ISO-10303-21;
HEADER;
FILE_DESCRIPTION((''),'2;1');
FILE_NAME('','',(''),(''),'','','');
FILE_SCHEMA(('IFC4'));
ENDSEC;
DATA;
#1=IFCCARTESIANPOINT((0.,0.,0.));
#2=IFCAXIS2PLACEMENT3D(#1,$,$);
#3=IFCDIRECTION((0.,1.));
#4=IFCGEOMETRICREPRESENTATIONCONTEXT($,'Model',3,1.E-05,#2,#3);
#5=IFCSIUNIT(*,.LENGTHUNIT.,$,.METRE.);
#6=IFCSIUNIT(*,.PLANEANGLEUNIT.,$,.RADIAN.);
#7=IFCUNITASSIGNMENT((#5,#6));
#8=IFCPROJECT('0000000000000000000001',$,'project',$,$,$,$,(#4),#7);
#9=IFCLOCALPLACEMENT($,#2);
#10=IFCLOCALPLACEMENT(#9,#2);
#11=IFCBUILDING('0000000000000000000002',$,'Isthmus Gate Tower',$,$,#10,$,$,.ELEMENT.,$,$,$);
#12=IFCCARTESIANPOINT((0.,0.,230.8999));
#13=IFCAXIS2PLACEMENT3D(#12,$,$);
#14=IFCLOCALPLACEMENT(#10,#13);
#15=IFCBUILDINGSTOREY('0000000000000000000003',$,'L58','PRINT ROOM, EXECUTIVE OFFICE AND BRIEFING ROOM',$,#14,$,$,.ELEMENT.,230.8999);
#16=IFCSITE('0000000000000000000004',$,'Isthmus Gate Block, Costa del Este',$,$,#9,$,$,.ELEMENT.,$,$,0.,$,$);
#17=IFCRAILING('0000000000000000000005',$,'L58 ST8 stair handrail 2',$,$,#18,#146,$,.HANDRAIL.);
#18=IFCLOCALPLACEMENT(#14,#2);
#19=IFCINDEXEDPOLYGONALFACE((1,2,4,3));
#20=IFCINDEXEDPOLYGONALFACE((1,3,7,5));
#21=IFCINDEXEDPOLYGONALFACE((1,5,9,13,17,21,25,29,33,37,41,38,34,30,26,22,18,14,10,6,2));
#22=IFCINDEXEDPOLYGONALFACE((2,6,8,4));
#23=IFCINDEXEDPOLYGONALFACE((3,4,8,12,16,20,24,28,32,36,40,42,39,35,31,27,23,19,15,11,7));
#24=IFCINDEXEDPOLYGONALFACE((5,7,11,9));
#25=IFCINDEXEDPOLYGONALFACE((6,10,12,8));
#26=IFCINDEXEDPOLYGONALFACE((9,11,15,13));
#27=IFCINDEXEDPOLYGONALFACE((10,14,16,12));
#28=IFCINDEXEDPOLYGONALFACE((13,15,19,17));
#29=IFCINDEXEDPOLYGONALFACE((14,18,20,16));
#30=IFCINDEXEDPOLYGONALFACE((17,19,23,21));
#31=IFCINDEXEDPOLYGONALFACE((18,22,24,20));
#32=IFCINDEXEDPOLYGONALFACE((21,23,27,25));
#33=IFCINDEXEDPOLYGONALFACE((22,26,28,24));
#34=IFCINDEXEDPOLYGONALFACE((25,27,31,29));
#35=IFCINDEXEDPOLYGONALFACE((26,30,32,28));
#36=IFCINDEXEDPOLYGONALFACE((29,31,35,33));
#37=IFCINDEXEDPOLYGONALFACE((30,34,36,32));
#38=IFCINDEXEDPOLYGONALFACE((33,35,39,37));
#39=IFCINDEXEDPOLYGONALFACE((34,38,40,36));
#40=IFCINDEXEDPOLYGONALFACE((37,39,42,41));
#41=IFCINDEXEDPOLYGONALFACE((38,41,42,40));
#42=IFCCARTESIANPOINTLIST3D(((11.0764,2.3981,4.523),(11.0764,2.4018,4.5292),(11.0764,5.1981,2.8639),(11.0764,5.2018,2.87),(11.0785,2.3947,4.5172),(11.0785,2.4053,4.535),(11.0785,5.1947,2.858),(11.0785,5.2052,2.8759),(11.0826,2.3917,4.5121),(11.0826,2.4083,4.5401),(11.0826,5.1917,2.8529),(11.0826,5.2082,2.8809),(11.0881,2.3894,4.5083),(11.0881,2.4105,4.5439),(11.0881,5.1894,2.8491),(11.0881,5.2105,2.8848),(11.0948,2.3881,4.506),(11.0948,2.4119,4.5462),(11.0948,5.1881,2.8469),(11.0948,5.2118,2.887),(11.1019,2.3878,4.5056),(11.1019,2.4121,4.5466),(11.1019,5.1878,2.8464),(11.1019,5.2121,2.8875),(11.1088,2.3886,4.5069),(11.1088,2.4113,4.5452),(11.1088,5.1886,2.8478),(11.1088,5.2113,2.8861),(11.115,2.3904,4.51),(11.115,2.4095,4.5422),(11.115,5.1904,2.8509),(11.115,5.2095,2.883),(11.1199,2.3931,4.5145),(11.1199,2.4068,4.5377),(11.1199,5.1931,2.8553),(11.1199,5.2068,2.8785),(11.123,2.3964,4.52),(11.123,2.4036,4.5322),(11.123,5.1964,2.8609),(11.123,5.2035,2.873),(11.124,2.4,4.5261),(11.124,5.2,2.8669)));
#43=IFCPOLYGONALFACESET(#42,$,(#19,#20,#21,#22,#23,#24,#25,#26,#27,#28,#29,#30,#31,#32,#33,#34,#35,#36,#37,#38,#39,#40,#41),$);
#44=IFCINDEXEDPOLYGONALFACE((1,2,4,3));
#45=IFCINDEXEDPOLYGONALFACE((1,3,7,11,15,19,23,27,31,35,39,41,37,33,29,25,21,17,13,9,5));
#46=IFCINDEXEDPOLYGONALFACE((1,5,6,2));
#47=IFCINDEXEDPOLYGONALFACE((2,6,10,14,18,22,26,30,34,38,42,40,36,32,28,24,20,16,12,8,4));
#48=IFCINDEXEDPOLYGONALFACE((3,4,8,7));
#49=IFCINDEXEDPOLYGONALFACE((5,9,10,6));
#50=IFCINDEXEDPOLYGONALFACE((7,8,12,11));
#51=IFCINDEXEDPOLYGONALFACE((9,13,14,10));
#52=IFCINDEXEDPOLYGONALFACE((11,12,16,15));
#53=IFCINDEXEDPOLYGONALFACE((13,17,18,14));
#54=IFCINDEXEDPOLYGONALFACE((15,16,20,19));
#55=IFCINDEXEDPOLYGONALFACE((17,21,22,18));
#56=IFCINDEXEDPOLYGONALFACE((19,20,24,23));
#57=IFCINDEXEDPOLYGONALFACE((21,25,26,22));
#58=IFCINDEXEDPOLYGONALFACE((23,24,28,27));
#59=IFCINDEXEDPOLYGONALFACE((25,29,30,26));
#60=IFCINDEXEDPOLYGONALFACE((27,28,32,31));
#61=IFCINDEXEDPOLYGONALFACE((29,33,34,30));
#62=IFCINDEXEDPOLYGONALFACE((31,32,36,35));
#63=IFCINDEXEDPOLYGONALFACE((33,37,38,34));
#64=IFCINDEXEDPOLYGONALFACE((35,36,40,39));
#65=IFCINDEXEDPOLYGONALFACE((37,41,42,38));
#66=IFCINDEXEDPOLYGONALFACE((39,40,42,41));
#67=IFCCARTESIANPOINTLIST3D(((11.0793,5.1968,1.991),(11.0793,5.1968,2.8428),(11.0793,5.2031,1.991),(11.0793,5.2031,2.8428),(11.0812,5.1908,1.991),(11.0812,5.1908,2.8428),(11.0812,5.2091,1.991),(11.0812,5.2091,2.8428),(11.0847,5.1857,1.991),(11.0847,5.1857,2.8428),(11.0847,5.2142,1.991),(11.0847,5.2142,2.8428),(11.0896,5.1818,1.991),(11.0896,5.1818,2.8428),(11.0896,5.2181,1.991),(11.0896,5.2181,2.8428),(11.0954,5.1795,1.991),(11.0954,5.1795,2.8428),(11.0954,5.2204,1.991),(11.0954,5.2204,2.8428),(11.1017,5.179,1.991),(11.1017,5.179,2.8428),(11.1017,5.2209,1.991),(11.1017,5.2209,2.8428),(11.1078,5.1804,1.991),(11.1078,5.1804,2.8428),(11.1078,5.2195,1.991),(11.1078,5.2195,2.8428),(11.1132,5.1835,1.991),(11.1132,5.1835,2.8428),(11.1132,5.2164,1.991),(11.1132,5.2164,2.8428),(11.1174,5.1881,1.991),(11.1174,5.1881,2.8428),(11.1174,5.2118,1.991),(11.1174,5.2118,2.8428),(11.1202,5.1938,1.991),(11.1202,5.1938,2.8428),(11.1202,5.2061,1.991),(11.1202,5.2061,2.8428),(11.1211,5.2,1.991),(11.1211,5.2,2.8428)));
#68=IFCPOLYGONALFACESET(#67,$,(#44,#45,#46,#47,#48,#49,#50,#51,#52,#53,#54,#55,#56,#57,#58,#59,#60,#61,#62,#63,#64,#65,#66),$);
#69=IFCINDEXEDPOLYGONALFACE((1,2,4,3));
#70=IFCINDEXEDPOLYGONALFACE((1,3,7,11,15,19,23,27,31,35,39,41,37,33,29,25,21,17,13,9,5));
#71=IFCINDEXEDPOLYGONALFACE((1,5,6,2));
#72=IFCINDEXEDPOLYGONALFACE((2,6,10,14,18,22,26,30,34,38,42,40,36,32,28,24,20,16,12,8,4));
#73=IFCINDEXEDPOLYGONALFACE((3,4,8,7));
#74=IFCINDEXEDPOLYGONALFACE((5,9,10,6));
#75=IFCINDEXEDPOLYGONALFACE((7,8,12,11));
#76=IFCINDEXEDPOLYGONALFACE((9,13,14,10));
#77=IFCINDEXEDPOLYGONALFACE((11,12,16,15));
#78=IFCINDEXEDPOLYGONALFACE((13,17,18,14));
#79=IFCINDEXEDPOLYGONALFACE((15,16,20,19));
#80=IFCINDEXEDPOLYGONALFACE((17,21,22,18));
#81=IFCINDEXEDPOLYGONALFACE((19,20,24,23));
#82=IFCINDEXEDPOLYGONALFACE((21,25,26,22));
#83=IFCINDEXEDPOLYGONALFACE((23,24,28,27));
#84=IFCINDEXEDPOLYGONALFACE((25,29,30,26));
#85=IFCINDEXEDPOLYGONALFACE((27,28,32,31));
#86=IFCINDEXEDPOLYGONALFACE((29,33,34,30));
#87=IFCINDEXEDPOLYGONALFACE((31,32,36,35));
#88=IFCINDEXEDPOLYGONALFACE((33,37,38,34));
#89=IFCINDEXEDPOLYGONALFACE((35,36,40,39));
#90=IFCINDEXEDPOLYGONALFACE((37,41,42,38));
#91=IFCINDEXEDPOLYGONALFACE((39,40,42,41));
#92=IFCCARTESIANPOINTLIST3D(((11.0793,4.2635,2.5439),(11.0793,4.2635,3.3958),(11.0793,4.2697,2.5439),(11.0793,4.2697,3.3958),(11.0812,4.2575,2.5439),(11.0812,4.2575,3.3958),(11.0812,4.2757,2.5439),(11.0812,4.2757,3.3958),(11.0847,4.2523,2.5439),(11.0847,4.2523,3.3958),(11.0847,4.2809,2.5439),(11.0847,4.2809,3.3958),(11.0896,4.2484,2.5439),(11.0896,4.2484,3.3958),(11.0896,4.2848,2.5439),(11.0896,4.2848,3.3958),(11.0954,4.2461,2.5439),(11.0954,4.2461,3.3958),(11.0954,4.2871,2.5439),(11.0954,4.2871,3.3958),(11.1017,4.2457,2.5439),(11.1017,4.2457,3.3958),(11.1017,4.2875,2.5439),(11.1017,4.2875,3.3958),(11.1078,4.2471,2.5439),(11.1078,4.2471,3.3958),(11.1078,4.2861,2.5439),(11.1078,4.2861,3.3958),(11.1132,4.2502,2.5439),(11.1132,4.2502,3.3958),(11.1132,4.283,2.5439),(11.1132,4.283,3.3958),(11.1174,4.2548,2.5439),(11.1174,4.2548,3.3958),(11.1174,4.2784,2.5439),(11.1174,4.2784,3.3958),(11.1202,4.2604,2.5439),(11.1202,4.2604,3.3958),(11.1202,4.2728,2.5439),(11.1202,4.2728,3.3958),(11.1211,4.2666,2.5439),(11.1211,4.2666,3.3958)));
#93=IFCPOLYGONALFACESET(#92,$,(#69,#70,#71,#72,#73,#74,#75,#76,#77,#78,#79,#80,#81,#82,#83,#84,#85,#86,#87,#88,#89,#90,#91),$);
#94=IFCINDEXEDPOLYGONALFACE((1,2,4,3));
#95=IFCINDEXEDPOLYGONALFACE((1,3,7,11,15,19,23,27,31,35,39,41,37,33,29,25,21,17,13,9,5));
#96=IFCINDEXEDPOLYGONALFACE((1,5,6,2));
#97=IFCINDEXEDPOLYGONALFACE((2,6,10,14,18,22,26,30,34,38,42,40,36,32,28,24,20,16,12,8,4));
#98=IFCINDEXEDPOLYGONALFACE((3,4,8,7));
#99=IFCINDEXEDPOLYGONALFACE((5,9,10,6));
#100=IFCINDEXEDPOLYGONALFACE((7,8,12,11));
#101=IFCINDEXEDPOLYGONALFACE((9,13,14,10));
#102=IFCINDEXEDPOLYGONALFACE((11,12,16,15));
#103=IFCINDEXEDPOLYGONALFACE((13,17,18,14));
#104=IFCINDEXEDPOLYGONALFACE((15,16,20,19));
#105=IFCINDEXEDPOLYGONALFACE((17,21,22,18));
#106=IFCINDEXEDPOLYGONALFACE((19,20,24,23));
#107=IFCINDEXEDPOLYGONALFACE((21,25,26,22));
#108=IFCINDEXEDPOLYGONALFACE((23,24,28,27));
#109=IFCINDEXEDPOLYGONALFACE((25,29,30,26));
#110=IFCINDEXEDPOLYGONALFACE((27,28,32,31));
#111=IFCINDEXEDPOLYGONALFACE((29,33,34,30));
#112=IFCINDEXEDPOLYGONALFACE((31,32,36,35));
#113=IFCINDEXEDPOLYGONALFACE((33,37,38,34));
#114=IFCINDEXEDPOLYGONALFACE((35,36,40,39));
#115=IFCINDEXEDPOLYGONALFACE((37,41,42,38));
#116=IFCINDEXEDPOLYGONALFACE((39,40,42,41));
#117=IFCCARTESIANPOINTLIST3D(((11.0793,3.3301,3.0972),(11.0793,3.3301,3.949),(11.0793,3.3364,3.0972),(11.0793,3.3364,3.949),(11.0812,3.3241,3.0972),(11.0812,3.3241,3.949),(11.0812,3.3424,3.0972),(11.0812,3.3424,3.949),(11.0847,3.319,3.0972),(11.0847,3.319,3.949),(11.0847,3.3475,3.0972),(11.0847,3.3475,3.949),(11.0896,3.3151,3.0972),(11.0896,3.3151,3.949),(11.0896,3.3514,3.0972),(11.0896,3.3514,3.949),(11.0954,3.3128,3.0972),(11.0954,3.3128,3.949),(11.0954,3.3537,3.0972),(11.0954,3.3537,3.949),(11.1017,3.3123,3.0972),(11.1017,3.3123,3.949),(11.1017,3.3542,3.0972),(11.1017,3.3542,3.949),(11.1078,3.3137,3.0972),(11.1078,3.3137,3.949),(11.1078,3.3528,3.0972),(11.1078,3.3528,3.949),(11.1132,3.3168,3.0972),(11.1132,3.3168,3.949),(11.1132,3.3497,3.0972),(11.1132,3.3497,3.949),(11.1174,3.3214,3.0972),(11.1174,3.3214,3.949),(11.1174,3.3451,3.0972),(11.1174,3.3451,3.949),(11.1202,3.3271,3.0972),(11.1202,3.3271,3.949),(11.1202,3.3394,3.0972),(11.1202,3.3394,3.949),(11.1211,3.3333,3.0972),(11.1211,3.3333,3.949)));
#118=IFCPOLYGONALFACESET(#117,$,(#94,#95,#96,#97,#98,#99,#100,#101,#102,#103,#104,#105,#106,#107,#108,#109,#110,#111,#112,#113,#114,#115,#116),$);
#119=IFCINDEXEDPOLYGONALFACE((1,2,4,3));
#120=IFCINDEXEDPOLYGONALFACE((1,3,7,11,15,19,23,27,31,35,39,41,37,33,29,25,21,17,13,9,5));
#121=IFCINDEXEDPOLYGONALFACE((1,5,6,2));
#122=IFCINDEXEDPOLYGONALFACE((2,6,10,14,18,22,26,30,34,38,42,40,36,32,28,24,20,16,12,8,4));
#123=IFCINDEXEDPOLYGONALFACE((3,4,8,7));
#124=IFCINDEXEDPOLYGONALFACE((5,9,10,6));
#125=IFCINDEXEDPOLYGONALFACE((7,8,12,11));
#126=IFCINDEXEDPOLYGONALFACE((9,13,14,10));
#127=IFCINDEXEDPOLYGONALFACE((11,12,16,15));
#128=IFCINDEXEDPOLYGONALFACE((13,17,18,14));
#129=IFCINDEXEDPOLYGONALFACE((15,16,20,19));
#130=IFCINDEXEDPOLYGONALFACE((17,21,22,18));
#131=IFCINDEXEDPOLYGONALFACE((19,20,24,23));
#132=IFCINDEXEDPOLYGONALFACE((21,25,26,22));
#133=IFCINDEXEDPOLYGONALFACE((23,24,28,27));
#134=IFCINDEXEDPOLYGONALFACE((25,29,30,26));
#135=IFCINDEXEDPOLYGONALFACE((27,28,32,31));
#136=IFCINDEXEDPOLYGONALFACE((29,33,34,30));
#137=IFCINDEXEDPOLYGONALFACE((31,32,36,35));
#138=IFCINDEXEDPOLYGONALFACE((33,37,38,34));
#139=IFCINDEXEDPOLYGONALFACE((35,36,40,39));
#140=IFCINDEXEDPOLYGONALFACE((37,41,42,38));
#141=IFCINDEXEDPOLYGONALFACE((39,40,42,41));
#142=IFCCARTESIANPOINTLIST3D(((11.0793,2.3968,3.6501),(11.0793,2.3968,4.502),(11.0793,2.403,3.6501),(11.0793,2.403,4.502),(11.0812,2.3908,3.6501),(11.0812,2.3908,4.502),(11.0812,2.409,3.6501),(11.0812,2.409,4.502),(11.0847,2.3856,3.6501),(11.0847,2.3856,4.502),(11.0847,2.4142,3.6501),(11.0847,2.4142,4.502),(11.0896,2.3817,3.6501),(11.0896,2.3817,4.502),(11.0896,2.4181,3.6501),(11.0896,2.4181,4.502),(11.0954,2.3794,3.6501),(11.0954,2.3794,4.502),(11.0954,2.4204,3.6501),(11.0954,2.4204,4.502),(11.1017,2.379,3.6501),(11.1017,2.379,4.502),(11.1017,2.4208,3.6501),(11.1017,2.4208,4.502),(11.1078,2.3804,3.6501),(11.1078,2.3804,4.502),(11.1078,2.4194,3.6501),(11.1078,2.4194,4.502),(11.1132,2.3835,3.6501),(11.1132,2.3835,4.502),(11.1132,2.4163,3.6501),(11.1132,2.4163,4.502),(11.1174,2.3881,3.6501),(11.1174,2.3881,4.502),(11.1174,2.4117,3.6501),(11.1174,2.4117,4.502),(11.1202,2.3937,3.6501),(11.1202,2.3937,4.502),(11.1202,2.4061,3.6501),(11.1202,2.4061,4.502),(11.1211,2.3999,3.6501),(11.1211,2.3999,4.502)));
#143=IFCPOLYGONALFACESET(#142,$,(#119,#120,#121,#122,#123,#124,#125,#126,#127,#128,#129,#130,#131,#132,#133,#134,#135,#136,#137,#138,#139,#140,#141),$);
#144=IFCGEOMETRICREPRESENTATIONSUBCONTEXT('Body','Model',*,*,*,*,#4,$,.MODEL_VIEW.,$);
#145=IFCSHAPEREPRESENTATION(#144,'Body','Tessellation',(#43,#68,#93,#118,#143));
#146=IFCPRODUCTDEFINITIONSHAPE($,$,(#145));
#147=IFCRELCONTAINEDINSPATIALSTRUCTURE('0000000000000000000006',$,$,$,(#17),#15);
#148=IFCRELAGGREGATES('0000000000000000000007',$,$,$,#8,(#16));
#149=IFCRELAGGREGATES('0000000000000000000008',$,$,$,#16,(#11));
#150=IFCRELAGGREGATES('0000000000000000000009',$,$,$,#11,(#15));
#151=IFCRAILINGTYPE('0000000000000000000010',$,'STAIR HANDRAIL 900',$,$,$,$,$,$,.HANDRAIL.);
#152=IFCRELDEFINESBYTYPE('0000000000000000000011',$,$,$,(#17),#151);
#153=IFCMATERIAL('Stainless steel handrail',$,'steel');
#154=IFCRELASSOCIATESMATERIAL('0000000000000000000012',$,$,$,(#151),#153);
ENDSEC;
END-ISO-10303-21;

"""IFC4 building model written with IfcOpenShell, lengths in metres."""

from ifc_helpers import new_model, si_unit, direction, frame, origin, origin_2d, place, context, subcontext, project, spatial, circle, extrude, material, type_object, element, save


model = new_model("IFC4")

# Units and contexts
model_context = context("Model", 3, precision=1e-05, world=origin(), true_north=direction((0.0, 1.0)))
body_context = subcontext(model_context, "Body", "Model", "MODEL_VIEW")
ifc_project = project(units=[si_unit("LENGTHUNIT", "METRE"), si_unit("PLANEANGLEUNIT", "RADIAN")], contexts=[model_context])

# Site, building, storey
site_placement = place(None, origin())
site = spatial("IfcSite", under=ifc_project, at=site_placement, Name="Isthmus Gate Block, Costa del Este", CompositionType="ELEMENT", RefElevation=0.0)
building_placement = place(site_placement, origin())
building = spatial("IfcBuilding", under=site, at=building_placement, Name="Isthmus Gate Tower", CompositionType="ELEMENT")
storey_placement = place(building_placement, frame((0.0, 0.0, 230.8999)))
storey = spatial("IfcBuildingStorey", under=building, at=storey_placement, Name="L58", Description="PRINT ROOM, EXECUTIVE OFFICE AND BRIEFING ROOM", CompositionType="ELEMENT", Elevation=230.8999)

# Railing
ifc_material_1 = material(Name="Stainless steel handrail", Category="steel")
railing_type_1 = type_object("IfcRailingType", Name="STAIR HANDRAIL 900", PredefinedType="HANDRAIL", material=ifc_material_1)
railing_1_placement = place(storey_placement, frame((11.1001, 5.2, 1.991)))
element("IfcRailing", 1, at=railing_1_placement, inside=storey, type_object=railing_type_1, Name="L58 ST8 stair handrail 2", PredefinedType="HANDRAIL", context=body_context, shape_type="SweptSolid", body=[
    extrude(circle(Radius=0.0239, at=origin_2d()), frame((0.0, 0.0, 0.876), z_axis=(0.0, -0.860306, 0.509778), x_axis=(1.0, 0.0, 0.0)), (0.0, 0.0, 1.0), 3.2546),
    extrude(circle(Radius=0.021, at=origin_2d()), origin(), (0.0, 0.0, 1.0), 0.8518),
    extrude(circle(Radius=0.021, at=origin_2d()), frame((0.0, -0.9333, 0.553)), (0.0, 0.0, 1.0), 0.8518),
    extrude(circle(Radius=0.021, at=origin_2d()), frame((0.0, -1.8667, 1.1062)), (0.0, 0.0, 1.0), 0.8518),
    extrude(circle(Radius=0.021, at=origin_2d()), frame((0.0, -2.8, 1.6592)), (0.0, 0.0, 1.0), 0.8518),
])

save(model, "model.ifc")
